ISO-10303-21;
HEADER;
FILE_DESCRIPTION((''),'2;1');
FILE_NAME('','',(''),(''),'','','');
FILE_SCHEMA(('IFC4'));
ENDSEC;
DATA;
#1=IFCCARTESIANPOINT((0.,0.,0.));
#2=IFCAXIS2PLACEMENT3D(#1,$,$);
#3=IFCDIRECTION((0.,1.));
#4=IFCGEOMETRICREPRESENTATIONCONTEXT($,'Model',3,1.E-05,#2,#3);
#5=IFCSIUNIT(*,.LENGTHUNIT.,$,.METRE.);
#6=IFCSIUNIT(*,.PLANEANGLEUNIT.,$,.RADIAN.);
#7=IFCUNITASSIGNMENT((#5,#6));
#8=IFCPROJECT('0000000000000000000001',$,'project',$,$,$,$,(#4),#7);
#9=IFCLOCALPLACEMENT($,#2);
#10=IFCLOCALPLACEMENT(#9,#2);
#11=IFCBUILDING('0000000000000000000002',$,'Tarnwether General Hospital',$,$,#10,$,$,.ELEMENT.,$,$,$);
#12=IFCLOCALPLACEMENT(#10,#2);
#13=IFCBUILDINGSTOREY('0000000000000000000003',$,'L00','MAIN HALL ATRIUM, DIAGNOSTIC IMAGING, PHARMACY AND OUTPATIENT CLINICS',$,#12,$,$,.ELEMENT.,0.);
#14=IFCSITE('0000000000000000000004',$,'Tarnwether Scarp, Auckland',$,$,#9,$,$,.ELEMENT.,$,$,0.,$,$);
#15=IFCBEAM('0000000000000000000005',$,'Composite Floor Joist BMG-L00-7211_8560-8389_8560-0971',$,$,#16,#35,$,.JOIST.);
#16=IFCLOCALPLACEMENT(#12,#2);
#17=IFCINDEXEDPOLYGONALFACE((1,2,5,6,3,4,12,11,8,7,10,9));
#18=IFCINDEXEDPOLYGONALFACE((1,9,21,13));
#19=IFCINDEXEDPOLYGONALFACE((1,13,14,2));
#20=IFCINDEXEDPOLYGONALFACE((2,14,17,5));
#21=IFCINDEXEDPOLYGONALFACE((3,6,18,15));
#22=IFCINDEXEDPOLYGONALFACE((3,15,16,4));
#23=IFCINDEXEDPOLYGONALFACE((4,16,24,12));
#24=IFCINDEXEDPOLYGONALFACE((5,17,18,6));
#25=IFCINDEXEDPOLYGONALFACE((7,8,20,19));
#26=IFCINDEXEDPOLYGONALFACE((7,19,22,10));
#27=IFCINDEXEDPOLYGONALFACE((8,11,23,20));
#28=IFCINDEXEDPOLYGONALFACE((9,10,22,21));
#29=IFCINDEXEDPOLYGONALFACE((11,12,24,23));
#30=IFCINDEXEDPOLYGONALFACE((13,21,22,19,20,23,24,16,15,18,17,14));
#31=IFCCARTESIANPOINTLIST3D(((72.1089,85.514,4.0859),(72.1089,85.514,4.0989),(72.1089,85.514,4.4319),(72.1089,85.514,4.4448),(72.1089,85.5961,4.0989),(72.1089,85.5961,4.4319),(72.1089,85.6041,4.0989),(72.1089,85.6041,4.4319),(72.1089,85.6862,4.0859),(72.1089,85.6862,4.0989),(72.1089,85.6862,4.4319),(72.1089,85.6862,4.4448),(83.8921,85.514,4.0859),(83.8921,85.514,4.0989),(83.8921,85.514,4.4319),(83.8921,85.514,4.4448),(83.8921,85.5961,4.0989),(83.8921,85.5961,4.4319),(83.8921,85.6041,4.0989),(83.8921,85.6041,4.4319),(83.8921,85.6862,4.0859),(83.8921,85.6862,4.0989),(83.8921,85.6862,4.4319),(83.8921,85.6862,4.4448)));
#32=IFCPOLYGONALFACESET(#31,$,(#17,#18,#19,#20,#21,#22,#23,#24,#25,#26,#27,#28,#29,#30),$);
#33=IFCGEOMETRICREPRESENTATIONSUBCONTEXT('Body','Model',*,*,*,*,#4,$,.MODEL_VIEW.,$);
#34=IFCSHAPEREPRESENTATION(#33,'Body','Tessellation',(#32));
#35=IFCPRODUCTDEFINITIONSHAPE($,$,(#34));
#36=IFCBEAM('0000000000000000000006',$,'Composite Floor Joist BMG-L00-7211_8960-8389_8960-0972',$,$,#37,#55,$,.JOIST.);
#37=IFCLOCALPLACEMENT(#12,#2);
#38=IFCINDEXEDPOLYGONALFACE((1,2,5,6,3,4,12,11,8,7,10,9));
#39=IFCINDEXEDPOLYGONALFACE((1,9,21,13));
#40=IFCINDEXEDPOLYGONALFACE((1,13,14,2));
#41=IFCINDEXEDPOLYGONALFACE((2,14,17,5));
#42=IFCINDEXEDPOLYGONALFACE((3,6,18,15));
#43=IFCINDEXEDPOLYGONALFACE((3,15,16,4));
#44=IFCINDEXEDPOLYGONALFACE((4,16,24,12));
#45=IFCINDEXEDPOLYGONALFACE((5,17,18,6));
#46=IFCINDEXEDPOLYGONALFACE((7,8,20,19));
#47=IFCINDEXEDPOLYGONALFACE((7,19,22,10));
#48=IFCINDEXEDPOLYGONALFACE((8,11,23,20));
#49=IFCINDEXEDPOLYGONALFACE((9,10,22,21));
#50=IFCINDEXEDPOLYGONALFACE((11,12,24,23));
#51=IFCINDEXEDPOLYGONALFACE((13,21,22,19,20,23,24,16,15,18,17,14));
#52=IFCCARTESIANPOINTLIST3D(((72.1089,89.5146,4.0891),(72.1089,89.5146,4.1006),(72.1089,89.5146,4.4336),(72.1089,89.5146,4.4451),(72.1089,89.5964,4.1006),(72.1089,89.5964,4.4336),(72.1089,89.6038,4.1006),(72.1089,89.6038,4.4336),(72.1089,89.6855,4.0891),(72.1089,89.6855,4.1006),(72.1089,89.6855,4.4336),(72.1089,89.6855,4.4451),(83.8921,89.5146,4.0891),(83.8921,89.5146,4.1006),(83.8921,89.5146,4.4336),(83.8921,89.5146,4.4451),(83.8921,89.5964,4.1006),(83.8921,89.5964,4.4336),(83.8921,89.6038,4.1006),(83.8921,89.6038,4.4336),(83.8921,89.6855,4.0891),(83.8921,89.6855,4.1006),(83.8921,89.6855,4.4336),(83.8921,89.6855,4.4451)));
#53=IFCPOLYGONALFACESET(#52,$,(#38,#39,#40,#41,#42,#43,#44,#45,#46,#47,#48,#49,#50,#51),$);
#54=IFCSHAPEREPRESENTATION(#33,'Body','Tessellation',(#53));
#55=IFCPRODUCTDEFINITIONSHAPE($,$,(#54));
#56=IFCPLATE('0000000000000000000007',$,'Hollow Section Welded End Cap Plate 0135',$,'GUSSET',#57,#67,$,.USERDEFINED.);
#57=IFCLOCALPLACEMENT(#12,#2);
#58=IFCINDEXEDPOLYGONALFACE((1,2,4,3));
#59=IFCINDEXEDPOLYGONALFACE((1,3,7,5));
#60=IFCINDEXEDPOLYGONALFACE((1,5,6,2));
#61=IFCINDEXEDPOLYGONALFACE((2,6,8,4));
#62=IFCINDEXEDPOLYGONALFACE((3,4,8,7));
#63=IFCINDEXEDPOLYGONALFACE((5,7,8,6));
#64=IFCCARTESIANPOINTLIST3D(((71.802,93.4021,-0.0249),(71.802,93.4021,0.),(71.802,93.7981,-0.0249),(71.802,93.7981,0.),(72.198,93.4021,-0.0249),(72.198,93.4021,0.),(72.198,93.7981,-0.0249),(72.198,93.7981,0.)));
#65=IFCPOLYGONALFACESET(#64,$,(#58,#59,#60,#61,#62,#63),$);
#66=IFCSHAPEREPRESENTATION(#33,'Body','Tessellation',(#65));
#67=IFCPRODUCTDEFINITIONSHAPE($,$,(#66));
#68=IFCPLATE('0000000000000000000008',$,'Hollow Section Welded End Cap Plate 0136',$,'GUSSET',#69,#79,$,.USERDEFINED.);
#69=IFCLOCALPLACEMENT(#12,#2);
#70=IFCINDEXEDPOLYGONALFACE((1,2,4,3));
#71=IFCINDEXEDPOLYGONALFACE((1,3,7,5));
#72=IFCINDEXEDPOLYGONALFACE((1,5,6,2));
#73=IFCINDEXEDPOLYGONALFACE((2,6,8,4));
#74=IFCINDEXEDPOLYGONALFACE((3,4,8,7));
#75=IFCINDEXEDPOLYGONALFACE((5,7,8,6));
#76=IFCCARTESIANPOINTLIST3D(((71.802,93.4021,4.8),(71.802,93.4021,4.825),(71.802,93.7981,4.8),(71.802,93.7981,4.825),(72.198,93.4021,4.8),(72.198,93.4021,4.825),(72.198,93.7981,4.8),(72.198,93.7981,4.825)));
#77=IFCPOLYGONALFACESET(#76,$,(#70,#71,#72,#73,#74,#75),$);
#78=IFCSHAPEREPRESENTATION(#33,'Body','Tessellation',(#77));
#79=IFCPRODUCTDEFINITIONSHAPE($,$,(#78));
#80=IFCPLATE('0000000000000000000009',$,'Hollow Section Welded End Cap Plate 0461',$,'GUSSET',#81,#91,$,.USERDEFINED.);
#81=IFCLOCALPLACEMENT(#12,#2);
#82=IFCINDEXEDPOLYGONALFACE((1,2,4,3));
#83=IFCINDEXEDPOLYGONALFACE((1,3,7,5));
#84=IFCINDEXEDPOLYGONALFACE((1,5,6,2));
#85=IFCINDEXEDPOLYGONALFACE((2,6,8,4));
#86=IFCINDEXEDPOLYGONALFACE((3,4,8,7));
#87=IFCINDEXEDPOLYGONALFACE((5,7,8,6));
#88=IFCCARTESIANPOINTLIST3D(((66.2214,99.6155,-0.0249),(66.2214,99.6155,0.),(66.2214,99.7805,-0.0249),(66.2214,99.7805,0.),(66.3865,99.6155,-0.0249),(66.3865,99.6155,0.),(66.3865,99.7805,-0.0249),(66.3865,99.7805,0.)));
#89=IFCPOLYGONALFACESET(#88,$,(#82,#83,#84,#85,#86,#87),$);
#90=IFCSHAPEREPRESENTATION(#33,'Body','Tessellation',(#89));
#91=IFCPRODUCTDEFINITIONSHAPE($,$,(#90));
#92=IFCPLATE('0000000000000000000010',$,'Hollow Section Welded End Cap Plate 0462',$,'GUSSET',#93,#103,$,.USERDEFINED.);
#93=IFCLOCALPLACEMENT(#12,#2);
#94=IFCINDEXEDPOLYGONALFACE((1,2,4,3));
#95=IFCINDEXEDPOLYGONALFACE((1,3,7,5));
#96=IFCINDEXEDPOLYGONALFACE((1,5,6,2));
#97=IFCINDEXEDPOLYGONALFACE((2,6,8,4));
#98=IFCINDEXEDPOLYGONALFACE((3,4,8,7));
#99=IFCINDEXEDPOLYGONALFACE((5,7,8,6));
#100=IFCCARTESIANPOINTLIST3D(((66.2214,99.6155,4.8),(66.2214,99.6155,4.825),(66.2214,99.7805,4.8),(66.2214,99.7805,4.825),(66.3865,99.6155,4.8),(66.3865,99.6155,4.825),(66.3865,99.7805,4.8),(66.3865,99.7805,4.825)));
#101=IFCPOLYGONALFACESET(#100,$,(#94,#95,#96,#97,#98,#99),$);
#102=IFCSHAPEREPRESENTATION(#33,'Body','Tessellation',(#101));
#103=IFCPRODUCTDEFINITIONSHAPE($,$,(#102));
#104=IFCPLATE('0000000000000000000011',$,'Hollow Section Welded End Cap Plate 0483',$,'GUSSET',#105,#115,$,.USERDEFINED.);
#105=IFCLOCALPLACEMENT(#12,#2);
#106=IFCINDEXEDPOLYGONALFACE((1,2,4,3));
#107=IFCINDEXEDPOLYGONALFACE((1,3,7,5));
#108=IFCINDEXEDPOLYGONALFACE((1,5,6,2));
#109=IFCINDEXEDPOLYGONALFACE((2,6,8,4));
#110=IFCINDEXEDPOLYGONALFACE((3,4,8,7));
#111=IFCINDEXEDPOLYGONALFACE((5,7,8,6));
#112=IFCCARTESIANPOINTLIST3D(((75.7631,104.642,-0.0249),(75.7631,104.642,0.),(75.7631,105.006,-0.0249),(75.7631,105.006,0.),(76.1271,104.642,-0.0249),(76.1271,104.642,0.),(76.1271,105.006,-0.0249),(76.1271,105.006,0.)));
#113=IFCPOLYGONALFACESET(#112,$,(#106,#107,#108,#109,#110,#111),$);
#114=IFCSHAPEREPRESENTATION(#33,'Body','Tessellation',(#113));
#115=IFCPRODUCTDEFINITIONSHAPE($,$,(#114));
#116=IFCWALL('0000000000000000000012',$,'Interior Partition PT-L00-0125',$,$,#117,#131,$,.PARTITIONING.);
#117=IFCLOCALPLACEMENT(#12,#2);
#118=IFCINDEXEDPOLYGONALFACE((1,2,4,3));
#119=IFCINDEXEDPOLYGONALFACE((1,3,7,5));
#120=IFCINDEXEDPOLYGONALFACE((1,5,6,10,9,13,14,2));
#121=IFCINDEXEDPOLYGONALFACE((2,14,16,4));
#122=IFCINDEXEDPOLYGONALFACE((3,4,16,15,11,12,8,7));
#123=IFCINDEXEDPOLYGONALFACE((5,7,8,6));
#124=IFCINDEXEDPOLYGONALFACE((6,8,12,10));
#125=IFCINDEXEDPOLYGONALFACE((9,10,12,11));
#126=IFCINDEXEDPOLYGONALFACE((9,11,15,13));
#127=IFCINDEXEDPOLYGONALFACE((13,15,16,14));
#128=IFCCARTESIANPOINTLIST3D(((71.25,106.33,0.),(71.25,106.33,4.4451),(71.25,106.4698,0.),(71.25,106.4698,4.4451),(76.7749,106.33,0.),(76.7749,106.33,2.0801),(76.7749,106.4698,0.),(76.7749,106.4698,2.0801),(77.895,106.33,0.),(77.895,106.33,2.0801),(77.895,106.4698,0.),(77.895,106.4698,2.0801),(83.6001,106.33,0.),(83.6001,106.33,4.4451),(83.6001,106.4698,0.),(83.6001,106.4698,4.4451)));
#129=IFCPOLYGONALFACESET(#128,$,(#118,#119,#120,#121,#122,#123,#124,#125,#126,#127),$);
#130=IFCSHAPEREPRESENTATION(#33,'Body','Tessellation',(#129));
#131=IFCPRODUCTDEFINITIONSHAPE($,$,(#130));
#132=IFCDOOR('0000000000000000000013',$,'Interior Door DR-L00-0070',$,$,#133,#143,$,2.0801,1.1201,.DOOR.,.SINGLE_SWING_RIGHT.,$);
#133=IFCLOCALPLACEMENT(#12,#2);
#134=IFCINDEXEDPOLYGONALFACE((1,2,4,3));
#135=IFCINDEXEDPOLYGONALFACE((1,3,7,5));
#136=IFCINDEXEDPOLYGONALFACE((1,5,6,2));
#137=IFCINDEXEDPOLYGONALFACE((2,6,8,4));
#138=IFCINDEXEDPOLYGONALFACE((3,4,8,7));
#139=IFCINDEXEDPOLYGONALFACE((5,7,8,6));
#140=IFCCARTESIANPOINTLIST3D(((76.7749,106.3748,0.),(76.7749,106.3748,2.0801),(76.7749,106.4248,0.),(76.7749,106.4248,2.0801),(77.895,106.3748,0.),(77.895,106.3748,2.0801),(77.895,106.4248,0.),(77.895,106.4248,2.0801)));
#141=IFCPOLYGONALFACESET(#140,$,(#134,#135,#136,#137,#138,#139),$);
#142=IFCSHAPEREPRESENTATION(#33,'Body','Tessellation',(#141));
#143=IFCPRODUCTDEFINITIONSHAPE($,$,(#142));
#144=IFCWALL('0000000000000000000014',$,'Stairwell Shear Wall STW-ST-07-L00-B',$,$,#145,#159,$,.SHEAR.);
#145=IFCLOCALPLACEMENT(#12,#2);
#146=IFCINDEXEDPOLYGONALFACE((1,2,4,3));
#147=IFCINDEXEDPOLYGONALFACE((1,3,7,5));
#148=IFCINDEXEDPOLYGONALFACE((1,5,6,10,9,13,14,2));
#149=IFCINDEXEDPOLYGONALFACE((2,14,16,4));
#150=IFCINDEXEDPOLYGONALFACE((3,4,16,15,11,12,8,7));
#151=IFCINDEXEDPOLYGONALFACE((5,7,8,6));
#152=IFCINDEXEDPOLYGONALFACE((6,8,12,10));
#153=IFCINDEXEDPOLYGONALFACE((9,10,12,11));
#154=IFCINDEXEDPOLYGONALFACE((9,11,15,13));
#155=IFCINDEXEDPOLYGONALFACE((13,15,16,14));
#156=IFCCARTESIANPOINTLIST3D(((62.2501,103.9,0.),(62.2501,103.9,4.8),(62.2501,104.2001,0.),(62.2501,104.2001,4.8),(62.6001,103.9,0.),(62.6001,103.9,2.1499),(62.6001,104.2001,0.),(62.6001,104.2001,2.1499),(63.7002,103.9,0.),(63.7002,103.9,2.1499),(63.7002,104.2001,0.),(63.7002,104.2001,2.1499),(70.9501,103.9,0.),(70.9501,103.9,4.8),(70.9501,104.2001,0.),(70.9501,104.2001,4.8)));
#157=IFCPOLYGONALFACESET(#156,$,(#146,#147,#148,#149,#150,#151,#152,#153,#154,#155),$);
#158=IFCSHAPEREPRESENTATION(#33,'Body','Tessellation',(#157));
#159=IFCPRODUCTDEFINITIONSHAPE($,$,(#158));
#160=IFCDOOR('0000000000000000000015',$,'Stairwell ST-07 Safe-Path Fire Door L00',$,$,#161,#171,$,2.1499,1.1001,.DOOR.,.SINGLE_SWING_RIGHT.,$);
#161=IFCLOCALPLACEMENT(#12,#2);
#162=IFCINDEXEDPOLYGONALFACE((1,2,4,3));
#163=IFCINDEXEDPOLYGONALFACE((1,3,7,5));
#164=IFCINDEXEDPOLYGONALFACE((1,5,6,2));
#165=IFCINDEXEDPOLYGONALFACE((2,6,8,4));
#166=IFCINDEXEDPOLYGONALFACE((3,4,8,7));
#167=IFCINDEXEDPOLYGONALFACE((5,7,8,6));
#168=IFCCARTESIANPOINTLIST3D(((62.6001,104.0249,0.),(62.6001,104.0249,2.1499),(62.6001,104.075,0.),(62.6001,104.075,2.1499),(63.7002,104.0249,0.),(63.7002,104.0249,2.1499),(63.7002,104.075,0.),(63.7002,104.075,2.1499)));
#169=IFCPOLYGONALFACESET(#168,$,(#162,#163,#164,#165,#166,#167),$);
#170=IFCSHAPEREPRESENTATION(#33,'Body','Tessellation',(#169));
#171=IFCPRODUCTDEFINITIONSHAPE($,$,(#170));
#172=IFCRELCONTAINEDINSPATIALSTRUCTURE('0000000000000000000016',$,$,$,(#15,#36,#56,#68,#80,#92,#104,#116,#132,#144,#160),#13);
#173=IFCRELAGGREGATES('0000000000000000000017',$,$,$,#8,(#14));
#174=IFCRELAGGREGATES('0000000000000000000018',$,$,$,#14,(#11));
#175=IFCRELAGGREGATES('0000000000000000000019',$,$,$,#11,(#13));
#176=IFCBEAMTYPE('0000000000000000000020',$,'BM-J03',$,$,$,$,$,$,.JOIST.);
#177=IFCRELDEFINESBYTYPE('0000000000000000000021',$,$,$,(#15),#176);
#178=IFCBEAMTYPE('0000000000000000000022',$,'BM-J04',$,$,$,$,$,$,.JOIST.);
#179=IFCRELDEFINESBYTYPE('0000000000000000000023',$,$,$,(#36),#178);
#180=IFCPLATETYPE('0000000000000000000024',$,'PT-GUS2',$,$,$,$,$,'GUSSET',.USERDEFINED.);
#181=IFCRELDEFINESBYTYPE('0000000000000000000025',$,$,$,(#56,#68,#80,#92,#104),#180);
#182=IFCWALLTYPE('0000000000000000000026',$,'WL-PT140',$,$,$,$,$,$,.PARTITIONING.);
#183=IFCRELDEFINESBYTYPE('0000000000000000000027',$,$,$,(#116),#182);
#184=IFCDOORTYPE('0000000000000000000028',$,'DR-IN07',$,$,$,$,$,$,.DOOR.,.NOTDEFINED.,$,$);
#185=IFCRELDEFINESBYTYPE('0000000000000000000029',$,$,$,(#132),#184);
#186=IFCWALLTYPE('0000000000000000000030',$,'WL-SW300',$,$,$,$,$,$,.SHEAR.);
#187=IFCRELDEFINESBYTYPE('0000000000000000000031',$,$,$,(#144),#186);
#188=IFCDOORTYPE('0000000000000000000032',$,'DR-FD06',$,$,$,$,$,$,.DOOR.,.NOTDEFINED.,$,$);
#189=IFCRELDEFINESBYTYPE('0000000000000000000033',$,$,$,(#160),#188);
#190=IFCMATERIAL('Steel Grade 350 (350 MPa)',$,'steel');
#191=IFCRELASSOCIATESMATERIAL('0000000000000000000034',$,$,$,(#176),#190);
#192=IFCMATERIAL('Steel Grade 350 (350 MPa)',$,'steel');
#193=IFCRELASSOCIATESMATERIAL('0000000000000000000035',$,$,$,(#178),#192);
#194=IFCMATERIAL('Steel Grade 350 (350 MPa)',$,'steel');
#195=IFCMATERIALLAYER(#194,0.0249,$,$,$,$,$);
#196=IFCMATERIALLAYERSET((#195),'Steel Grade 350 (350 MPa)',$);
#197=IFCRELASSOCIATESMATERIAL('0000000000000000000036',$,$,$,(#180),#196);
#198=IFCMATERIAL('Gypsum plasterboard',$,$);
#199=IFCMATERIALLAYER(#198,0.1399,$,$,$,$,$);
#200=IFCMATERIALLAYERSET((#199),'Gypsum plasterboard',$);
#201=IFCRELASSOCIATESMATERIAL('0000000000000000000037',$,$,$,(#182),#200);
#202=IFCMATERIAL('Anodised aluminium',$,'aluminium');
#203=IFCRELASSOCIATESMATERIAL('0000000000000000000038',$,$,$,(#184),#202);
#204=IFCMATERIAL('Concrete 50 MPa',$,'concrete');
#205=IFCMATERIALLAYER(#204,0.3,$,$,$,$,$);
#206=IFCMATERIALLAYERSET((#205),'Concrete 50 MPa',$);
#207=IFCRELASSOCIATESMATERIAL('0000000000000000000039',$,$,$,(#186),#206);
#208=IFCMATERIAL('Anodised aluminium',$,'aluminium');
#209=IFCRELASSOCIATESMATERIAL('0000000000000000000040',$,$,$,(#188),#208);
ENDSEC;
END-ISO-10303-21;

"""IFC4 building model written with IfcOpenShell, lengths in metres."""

from ifc_helpers import new_model, si_unit, direction, frame, frame_2d, origin, origin_2d, place, context, subcontext, project, spatial, rectangle, i_section, extrude, material, layer, layer_set, material_profile, profile_set, type_object, element, fill, save


model = new_model("IFC4")

# Units and contexts
model_context = context("Model", 3, precision=1e-05, world=origin(), true_north=direction((0.0, 1.0)))
body_context = subcontext(model_context, "Body", "Model", "MODEL_VIEW")
ifc_project = project(units=[si_unit("LENGTHUNIT", "METRE"), si_unit("PLANEANGLEUNIT", "RADIAN")], contexts=[model_context])

# Site, building, storey
site_placement = place(None, origin())
site = spatial("IfcSite", under=ifc_project, at=site_placement, Name="Tarnwether Scarp, Auckland", CompositionType="ELEMENT", RefElevation=0.0)
building_placement = place(site_placement, origin())
building = spatial("IfcBuilding", under=site, at=building_placement, Name="Tarnwether General Hospital", CompositionType="ELEMENT")
storey_placement = place(building_placement, origin())
storey = spatial("IfcBuildingStorey", under=building, at=storey_placement, Name="L00", Description="MAIN HALL ATRIUM, DIAGNOSTIC IMAGING, PHARMACY AND OUTPATIENT CLINICS", CompositionType="ELEMENT", Elevation=0.0)

# Beams
ifc_material_1 = material(Name="Steel Grade 350 (350 MPa)", Category="steel")
ifc_material_profile_1 = material_profile(ifc_material_1, i_section(OverallWidth=0.1721, OverallDepth=0.3589, WebThickness=0.0081, FlangeThickness=0.0129, at=origin_2d()), Name="360UB56.7")
ifc_profile_set_1 = profile_set([ifc_material_profile_1], Name="Steel Grade 350 (350 MPa)")
beam_type_1 = type_object("IfcBeamType", Name="BM-J03", PredefinedType="JOIST", material=ifc_profile_set_1)
beam_1_placement = place(storey_placement, frame((72.1089, 85.6001, 4.2654), z_axis=(1.0, 0.0, 0.0), x_axis=(0.0, 1.0, 0.0)))
element("IfcBeam", 1, at=beam_1_placement, inside=storey, type_object=beam_type_1, Name="Composite Floor Joist BMG-L00-7211_8560-8389_8560-0971", PredefinedType="JOIST", context=body_context, shape_type="SweptSolid", body=[
    extrude(i_section(OverallWidth=0.1721, OverallDepth=0.3589, WebThickness=0.0081, FlangeThickness=0.0129, at=origin_2d()), origin(), (0.0, 0.0, 1.0), 11.7832),
])
ifc_material_2 = material(Name="Steel Grade 350 (350 MPa)", Category="steel")
ifc_material_profile_2 = material_profile(ifc_material_2, i_section(OverallWidth=0.1709, OverallDepth=0.356, WebThickness=0.0073, FlangeThickness=0.0115, at=origin_2d()), Name="360UB50.7")
ifc_profile_set_2 = profile_set([ifc_material_profile_2], Name="Steel Grade 350 (350 MPa)")
beam_type_2 = type_object("IfcBeamType", Name="BM-J04", PredefinedType="JOIST", material=ifc_profile_set_2)
beam_2_placement = place(storey_placement, frame((72.1089, 89.6001, 4.2671), z_axis=(1.0, 0.0, 0.0), x_axis=(0.0, 1.0, 0.0)))
element("IfcBeam", 2, at=beam_2_placement, inside=storey, type_object=beam_type_2, Name="Composite Floor Joist BMG-L00-7211_8960-8389_8960-0972", PredefinedType="JOIST", context=body_context, shape_type="SweptSolid", body=[
    extrude(i_section(OverallWidth=0.1709, OverallDepth=0.356, WebThickness=0.0073, FlangeThickness=0.0115, at=origin_2d()), origin(), (0.0, 0.0, 1.0), 11.7832),
])

# Plates
ifc_material_3 = material(Name="Steel Grade 350 (350 MPa)", Category="steel")
ifc_layer_1 = layer(ifc_material_3, 0.0249)
ifc_layer_set_1 = layer_set([ifc_layer_1], Name="Steel Grade 350 (350 MPa)")
plate_type = type_object("IfcPlateType", Name="PT-GUS2", ElementType="GUSSET", PredefinedType="USERDEFINED", material=ifc_layer_set_1)
for number, where, z_axis, x_axis, name in (
    (3, (72.0, 93.6001, -0.0249), (0.0, 0.0, 1.0), (1.0, 0.0, 0.0), "Hollow Section Welded End Cap Plate 0135"),
    (4, (72.0, 93.6001, 4.8), (0.0, 0.0, 1.0), (1.0, 0.0, 0.0), "Hollow Section Welded End Cap Plate 0136"),
):
    element("IfcPlate", number, at=place(storey_placement, frame(where, z_axis=z_axis, x_axis=x_axis)), inside=storey, type_object=plate_type, Name=name, ObjectType="GUSSET", PredefinedType="USERDEFINED", context=body_context, shape_type="SweptSolid", body=[
        extrude(rectangle(XDim=0.396, YDim=0.396, at=origin_2d()), origin(), (0.0, 0.0, 1.0), 0.0249),
    ])
for number, where, z_axis, x_axis, name in (
    (5, (66.304, 99.698, -0.0249), (0.0, 0.0, 1.0), (1.0, 0.0, 0.0), "Hollow Section Welded End Cap Plate 0461"),
    (6, (66.304, 99.698, 4.8), (0.0, 0.0, 1.0), (1.0, 0.0, 0.0), "Hollow Section Welded End Cap Plate 0462"),
):
    element("IfcPlate", number, at=place(storey_placement, frame(where, z_axis=z_axis, x_axis=x_axis)), inside=storey, type_object=plate_type, Name=name, ObjectType="GUSSET", PredefinedType="USERDEFINED", context=body_context, shape_type="SweptSolid", body=[
        extrude(rectangle(XDim=0.165, YDim=0.165, at=origin_2d()), origin(), (0.0, 0.0, 1.0), 0.0249),
    ])
plate_placement = place(storey_placement, frame((75.9451, 104.824, -0.0249), z_axis=(0.0, 0.0, 1.0), x_axis=(1.0, 0.0, 0.0)))
element("IfcPlate", 7, at=plate_placement, inside=storey, type_object=plate_type, Name="Hollow Section Welded End Cap Plate 0483", ObjectType="GUSSET", PredefinedType="USERDEFINED", context=body_context, shape_type="SweptSolid", body=[
    extrude(rectangle(XDim=0.364, YDim=0.364, at=origin_2d()), origin(), (0.0, 0.0, 1.0), 0.0249),
])

# Walls, openings, doors
ifc_material_4 = material(Name="Gypsum plasterboard")
ifc_layer_2 = layer(ifc_material_4, 0.1399)
ifc_layer_set_2 = layer_set([ifc_layer_2], Name="Gypsum plasterboard")
wall_type_1 = type_object("IfcWallType", Name="WL-PT140", PredefinedType="PARTITIONING", material=ifc_layer_set_2)
wall_1_placement = place(storey_placement, frame((71.25, 106.3999, 0.0), z_axis=(0.0, 0.0, 1.0), x_axis=(1.0, 0.0, 0.0)))
wall_1 = element("IfcWall", 8, at=wall_1_placement, inside=storey, type_object=wall_type_1, Name="Interior Partition PT-L00-0125", PredefinedType="PARTITIONING", context=body_context, shape_type="SweptSolid", body=[
    extrude(rectangle(XDim=12.3501, YDim=0.1399, at=frame_2d((6.175, 0.0))), origin(), (0.0, 0.0, 1.0), 4.4451),
])
opening_1_placement = place(wall_1_placement, frame((5.5249, 0.0, 0.0)))
opening_1 = element("IfcOpeningElement", 9, at=opening_1_placement, cuts=wall_1, PredefinedType="OPENING", context=body_context, shape_type="SweptSolid", body=[
    extrude(rectangle(XDim=1.1201, YDim=2.0801, at=frame_2d((0.5601, 1.04))), frame((0.0, 0.0801, 0.0), z_axis=(0.0, -1.0, 0.0), x_axis=(1.0, 0.0, 0.0)), (0.0, 0.0, 1.0), 0.1599),
])
ifc_material_5 = material(Name="Anodised aluminium", Category="aluminium")
door_type_1 = type_object("IfcDoorType", Name="DR-IN07", OperationType="NOTDEFINED", PredefinedType="DOOR", material=ifc_material_5)
door_1_placement = place(opening_1_placement, origin())
door_1 = element("IfcDoor", 10, at=door_1_placement, inside=storey, type_object=door_type_1, Name="Interior Door DR-L00-0070", OperationType="SINGLE_SWING_RIGHT", OverallHeight=2.0801, OverallWidth=1.1201, PredefinedType="DOOR", context=body_context, shape_type="SweptSolid", body=[
    extrude(rectangle(XDim=1.1201, YDim=2.0801, at=frame_2d((0.5601, 1.04))), frame((0.0, 0.0249, 0.0), z_axis=(0.0, -1.0, 0.0), x_axis=(1.0, 0.0, 0.0)), (0.0, 0.0, 1.0), 0.05),
])
fill(opening_1, door_1)
ifc_material_6 = material(Name="Concrete 50 MPa", Category="concrete")
ifc_layer_3 = layer(ifc_material_6, 0.3)
ifc_layer_set_3 = layer_set([ifc_layer_3], Name="Concrete 50 MPa")
wall_type_2 = type_object("IfcWallType", Name="WL-SW300", PredefinedType="SHEAR", material=ifc_layer_set_3)
wall_2_placement = place(storey_placement, frame((62.25, 104.05, 0.0), z_axis=(0.0, 0.0, 1.0), x_axis=(1.0, 0.0, 0.0)))
wall_2 = element("IfcWall", 11, at=wall_2_placement, inside=storey, type_object=wall_type_2, Name="Stairwell Shear Wall STW-ST-07-L00-B", PredefinedType="SHEAR", context=body_context, shape_type="SweptSolid", body=[
    extrude(rectangle(XDim=8.7, YDim=0.3, at=frame_2d((4.3501, 0.0))), origin(), (0.0, 0.0, 1.0), 4.8),
])
opening_2_placement = place(wall_2_placement, frame((0.3501, 0.0, 0.0)))
opening_2 = element("IfcOpeningElement", 12, at=opening_2_placement, cuts=wall_2, PredefinedType="OPENING", context=body_context, shape_type="SweptSolid", body=[
    extrude(rectangle(XDim=1.1001, YDim=2.1499, at=frame_2d((0.55, 1.075))), frame((0.0, 0.1602, 0.0), z_axis=(0.0, -1.0, 0.0), x_axis=(1.0, 0.0, 0.0)), (0.0, 0.0, 1.0), 0.3201),
])
ifc_material_7 = material(Name="Anodised aluminium", Category="aluminium")
door_type_2 = type_object("IfcDoorType", Name="DR-FD06", OperationType="NOTDEFINED", PredefinedType="DOOR", material=ifc_material_7)
door_2_placement = place(opening_2_placement, origin())
door_2 = element("IfcDoor", 13, at=door_2_placement, inside=storey, type_object=door_type_2, Name="Stairwell ST-07 Safe-Path Fire Door L00", OperationType="SINGLE_SWING_RIGHT", OverallHeight=2.1499, OverallWidth=1.1001, PredefinedType="DOOR", context=body_context, shape_type="SweptSolid", body=[
    extrude(rectangle(XDim=1.1001, YDim=2.1499, at=frame_2d((0.55, 1.075))), frame((0.0, 0.0249, 0.0), z_axis=(0.0, -1.0, 0.0), x_axis=(1.0, 0.0, 0.0)), (0.0, 0.0, 1.0), 0.05),
])
fill(opening_2, door_2)

save(model, "model.ifc")
